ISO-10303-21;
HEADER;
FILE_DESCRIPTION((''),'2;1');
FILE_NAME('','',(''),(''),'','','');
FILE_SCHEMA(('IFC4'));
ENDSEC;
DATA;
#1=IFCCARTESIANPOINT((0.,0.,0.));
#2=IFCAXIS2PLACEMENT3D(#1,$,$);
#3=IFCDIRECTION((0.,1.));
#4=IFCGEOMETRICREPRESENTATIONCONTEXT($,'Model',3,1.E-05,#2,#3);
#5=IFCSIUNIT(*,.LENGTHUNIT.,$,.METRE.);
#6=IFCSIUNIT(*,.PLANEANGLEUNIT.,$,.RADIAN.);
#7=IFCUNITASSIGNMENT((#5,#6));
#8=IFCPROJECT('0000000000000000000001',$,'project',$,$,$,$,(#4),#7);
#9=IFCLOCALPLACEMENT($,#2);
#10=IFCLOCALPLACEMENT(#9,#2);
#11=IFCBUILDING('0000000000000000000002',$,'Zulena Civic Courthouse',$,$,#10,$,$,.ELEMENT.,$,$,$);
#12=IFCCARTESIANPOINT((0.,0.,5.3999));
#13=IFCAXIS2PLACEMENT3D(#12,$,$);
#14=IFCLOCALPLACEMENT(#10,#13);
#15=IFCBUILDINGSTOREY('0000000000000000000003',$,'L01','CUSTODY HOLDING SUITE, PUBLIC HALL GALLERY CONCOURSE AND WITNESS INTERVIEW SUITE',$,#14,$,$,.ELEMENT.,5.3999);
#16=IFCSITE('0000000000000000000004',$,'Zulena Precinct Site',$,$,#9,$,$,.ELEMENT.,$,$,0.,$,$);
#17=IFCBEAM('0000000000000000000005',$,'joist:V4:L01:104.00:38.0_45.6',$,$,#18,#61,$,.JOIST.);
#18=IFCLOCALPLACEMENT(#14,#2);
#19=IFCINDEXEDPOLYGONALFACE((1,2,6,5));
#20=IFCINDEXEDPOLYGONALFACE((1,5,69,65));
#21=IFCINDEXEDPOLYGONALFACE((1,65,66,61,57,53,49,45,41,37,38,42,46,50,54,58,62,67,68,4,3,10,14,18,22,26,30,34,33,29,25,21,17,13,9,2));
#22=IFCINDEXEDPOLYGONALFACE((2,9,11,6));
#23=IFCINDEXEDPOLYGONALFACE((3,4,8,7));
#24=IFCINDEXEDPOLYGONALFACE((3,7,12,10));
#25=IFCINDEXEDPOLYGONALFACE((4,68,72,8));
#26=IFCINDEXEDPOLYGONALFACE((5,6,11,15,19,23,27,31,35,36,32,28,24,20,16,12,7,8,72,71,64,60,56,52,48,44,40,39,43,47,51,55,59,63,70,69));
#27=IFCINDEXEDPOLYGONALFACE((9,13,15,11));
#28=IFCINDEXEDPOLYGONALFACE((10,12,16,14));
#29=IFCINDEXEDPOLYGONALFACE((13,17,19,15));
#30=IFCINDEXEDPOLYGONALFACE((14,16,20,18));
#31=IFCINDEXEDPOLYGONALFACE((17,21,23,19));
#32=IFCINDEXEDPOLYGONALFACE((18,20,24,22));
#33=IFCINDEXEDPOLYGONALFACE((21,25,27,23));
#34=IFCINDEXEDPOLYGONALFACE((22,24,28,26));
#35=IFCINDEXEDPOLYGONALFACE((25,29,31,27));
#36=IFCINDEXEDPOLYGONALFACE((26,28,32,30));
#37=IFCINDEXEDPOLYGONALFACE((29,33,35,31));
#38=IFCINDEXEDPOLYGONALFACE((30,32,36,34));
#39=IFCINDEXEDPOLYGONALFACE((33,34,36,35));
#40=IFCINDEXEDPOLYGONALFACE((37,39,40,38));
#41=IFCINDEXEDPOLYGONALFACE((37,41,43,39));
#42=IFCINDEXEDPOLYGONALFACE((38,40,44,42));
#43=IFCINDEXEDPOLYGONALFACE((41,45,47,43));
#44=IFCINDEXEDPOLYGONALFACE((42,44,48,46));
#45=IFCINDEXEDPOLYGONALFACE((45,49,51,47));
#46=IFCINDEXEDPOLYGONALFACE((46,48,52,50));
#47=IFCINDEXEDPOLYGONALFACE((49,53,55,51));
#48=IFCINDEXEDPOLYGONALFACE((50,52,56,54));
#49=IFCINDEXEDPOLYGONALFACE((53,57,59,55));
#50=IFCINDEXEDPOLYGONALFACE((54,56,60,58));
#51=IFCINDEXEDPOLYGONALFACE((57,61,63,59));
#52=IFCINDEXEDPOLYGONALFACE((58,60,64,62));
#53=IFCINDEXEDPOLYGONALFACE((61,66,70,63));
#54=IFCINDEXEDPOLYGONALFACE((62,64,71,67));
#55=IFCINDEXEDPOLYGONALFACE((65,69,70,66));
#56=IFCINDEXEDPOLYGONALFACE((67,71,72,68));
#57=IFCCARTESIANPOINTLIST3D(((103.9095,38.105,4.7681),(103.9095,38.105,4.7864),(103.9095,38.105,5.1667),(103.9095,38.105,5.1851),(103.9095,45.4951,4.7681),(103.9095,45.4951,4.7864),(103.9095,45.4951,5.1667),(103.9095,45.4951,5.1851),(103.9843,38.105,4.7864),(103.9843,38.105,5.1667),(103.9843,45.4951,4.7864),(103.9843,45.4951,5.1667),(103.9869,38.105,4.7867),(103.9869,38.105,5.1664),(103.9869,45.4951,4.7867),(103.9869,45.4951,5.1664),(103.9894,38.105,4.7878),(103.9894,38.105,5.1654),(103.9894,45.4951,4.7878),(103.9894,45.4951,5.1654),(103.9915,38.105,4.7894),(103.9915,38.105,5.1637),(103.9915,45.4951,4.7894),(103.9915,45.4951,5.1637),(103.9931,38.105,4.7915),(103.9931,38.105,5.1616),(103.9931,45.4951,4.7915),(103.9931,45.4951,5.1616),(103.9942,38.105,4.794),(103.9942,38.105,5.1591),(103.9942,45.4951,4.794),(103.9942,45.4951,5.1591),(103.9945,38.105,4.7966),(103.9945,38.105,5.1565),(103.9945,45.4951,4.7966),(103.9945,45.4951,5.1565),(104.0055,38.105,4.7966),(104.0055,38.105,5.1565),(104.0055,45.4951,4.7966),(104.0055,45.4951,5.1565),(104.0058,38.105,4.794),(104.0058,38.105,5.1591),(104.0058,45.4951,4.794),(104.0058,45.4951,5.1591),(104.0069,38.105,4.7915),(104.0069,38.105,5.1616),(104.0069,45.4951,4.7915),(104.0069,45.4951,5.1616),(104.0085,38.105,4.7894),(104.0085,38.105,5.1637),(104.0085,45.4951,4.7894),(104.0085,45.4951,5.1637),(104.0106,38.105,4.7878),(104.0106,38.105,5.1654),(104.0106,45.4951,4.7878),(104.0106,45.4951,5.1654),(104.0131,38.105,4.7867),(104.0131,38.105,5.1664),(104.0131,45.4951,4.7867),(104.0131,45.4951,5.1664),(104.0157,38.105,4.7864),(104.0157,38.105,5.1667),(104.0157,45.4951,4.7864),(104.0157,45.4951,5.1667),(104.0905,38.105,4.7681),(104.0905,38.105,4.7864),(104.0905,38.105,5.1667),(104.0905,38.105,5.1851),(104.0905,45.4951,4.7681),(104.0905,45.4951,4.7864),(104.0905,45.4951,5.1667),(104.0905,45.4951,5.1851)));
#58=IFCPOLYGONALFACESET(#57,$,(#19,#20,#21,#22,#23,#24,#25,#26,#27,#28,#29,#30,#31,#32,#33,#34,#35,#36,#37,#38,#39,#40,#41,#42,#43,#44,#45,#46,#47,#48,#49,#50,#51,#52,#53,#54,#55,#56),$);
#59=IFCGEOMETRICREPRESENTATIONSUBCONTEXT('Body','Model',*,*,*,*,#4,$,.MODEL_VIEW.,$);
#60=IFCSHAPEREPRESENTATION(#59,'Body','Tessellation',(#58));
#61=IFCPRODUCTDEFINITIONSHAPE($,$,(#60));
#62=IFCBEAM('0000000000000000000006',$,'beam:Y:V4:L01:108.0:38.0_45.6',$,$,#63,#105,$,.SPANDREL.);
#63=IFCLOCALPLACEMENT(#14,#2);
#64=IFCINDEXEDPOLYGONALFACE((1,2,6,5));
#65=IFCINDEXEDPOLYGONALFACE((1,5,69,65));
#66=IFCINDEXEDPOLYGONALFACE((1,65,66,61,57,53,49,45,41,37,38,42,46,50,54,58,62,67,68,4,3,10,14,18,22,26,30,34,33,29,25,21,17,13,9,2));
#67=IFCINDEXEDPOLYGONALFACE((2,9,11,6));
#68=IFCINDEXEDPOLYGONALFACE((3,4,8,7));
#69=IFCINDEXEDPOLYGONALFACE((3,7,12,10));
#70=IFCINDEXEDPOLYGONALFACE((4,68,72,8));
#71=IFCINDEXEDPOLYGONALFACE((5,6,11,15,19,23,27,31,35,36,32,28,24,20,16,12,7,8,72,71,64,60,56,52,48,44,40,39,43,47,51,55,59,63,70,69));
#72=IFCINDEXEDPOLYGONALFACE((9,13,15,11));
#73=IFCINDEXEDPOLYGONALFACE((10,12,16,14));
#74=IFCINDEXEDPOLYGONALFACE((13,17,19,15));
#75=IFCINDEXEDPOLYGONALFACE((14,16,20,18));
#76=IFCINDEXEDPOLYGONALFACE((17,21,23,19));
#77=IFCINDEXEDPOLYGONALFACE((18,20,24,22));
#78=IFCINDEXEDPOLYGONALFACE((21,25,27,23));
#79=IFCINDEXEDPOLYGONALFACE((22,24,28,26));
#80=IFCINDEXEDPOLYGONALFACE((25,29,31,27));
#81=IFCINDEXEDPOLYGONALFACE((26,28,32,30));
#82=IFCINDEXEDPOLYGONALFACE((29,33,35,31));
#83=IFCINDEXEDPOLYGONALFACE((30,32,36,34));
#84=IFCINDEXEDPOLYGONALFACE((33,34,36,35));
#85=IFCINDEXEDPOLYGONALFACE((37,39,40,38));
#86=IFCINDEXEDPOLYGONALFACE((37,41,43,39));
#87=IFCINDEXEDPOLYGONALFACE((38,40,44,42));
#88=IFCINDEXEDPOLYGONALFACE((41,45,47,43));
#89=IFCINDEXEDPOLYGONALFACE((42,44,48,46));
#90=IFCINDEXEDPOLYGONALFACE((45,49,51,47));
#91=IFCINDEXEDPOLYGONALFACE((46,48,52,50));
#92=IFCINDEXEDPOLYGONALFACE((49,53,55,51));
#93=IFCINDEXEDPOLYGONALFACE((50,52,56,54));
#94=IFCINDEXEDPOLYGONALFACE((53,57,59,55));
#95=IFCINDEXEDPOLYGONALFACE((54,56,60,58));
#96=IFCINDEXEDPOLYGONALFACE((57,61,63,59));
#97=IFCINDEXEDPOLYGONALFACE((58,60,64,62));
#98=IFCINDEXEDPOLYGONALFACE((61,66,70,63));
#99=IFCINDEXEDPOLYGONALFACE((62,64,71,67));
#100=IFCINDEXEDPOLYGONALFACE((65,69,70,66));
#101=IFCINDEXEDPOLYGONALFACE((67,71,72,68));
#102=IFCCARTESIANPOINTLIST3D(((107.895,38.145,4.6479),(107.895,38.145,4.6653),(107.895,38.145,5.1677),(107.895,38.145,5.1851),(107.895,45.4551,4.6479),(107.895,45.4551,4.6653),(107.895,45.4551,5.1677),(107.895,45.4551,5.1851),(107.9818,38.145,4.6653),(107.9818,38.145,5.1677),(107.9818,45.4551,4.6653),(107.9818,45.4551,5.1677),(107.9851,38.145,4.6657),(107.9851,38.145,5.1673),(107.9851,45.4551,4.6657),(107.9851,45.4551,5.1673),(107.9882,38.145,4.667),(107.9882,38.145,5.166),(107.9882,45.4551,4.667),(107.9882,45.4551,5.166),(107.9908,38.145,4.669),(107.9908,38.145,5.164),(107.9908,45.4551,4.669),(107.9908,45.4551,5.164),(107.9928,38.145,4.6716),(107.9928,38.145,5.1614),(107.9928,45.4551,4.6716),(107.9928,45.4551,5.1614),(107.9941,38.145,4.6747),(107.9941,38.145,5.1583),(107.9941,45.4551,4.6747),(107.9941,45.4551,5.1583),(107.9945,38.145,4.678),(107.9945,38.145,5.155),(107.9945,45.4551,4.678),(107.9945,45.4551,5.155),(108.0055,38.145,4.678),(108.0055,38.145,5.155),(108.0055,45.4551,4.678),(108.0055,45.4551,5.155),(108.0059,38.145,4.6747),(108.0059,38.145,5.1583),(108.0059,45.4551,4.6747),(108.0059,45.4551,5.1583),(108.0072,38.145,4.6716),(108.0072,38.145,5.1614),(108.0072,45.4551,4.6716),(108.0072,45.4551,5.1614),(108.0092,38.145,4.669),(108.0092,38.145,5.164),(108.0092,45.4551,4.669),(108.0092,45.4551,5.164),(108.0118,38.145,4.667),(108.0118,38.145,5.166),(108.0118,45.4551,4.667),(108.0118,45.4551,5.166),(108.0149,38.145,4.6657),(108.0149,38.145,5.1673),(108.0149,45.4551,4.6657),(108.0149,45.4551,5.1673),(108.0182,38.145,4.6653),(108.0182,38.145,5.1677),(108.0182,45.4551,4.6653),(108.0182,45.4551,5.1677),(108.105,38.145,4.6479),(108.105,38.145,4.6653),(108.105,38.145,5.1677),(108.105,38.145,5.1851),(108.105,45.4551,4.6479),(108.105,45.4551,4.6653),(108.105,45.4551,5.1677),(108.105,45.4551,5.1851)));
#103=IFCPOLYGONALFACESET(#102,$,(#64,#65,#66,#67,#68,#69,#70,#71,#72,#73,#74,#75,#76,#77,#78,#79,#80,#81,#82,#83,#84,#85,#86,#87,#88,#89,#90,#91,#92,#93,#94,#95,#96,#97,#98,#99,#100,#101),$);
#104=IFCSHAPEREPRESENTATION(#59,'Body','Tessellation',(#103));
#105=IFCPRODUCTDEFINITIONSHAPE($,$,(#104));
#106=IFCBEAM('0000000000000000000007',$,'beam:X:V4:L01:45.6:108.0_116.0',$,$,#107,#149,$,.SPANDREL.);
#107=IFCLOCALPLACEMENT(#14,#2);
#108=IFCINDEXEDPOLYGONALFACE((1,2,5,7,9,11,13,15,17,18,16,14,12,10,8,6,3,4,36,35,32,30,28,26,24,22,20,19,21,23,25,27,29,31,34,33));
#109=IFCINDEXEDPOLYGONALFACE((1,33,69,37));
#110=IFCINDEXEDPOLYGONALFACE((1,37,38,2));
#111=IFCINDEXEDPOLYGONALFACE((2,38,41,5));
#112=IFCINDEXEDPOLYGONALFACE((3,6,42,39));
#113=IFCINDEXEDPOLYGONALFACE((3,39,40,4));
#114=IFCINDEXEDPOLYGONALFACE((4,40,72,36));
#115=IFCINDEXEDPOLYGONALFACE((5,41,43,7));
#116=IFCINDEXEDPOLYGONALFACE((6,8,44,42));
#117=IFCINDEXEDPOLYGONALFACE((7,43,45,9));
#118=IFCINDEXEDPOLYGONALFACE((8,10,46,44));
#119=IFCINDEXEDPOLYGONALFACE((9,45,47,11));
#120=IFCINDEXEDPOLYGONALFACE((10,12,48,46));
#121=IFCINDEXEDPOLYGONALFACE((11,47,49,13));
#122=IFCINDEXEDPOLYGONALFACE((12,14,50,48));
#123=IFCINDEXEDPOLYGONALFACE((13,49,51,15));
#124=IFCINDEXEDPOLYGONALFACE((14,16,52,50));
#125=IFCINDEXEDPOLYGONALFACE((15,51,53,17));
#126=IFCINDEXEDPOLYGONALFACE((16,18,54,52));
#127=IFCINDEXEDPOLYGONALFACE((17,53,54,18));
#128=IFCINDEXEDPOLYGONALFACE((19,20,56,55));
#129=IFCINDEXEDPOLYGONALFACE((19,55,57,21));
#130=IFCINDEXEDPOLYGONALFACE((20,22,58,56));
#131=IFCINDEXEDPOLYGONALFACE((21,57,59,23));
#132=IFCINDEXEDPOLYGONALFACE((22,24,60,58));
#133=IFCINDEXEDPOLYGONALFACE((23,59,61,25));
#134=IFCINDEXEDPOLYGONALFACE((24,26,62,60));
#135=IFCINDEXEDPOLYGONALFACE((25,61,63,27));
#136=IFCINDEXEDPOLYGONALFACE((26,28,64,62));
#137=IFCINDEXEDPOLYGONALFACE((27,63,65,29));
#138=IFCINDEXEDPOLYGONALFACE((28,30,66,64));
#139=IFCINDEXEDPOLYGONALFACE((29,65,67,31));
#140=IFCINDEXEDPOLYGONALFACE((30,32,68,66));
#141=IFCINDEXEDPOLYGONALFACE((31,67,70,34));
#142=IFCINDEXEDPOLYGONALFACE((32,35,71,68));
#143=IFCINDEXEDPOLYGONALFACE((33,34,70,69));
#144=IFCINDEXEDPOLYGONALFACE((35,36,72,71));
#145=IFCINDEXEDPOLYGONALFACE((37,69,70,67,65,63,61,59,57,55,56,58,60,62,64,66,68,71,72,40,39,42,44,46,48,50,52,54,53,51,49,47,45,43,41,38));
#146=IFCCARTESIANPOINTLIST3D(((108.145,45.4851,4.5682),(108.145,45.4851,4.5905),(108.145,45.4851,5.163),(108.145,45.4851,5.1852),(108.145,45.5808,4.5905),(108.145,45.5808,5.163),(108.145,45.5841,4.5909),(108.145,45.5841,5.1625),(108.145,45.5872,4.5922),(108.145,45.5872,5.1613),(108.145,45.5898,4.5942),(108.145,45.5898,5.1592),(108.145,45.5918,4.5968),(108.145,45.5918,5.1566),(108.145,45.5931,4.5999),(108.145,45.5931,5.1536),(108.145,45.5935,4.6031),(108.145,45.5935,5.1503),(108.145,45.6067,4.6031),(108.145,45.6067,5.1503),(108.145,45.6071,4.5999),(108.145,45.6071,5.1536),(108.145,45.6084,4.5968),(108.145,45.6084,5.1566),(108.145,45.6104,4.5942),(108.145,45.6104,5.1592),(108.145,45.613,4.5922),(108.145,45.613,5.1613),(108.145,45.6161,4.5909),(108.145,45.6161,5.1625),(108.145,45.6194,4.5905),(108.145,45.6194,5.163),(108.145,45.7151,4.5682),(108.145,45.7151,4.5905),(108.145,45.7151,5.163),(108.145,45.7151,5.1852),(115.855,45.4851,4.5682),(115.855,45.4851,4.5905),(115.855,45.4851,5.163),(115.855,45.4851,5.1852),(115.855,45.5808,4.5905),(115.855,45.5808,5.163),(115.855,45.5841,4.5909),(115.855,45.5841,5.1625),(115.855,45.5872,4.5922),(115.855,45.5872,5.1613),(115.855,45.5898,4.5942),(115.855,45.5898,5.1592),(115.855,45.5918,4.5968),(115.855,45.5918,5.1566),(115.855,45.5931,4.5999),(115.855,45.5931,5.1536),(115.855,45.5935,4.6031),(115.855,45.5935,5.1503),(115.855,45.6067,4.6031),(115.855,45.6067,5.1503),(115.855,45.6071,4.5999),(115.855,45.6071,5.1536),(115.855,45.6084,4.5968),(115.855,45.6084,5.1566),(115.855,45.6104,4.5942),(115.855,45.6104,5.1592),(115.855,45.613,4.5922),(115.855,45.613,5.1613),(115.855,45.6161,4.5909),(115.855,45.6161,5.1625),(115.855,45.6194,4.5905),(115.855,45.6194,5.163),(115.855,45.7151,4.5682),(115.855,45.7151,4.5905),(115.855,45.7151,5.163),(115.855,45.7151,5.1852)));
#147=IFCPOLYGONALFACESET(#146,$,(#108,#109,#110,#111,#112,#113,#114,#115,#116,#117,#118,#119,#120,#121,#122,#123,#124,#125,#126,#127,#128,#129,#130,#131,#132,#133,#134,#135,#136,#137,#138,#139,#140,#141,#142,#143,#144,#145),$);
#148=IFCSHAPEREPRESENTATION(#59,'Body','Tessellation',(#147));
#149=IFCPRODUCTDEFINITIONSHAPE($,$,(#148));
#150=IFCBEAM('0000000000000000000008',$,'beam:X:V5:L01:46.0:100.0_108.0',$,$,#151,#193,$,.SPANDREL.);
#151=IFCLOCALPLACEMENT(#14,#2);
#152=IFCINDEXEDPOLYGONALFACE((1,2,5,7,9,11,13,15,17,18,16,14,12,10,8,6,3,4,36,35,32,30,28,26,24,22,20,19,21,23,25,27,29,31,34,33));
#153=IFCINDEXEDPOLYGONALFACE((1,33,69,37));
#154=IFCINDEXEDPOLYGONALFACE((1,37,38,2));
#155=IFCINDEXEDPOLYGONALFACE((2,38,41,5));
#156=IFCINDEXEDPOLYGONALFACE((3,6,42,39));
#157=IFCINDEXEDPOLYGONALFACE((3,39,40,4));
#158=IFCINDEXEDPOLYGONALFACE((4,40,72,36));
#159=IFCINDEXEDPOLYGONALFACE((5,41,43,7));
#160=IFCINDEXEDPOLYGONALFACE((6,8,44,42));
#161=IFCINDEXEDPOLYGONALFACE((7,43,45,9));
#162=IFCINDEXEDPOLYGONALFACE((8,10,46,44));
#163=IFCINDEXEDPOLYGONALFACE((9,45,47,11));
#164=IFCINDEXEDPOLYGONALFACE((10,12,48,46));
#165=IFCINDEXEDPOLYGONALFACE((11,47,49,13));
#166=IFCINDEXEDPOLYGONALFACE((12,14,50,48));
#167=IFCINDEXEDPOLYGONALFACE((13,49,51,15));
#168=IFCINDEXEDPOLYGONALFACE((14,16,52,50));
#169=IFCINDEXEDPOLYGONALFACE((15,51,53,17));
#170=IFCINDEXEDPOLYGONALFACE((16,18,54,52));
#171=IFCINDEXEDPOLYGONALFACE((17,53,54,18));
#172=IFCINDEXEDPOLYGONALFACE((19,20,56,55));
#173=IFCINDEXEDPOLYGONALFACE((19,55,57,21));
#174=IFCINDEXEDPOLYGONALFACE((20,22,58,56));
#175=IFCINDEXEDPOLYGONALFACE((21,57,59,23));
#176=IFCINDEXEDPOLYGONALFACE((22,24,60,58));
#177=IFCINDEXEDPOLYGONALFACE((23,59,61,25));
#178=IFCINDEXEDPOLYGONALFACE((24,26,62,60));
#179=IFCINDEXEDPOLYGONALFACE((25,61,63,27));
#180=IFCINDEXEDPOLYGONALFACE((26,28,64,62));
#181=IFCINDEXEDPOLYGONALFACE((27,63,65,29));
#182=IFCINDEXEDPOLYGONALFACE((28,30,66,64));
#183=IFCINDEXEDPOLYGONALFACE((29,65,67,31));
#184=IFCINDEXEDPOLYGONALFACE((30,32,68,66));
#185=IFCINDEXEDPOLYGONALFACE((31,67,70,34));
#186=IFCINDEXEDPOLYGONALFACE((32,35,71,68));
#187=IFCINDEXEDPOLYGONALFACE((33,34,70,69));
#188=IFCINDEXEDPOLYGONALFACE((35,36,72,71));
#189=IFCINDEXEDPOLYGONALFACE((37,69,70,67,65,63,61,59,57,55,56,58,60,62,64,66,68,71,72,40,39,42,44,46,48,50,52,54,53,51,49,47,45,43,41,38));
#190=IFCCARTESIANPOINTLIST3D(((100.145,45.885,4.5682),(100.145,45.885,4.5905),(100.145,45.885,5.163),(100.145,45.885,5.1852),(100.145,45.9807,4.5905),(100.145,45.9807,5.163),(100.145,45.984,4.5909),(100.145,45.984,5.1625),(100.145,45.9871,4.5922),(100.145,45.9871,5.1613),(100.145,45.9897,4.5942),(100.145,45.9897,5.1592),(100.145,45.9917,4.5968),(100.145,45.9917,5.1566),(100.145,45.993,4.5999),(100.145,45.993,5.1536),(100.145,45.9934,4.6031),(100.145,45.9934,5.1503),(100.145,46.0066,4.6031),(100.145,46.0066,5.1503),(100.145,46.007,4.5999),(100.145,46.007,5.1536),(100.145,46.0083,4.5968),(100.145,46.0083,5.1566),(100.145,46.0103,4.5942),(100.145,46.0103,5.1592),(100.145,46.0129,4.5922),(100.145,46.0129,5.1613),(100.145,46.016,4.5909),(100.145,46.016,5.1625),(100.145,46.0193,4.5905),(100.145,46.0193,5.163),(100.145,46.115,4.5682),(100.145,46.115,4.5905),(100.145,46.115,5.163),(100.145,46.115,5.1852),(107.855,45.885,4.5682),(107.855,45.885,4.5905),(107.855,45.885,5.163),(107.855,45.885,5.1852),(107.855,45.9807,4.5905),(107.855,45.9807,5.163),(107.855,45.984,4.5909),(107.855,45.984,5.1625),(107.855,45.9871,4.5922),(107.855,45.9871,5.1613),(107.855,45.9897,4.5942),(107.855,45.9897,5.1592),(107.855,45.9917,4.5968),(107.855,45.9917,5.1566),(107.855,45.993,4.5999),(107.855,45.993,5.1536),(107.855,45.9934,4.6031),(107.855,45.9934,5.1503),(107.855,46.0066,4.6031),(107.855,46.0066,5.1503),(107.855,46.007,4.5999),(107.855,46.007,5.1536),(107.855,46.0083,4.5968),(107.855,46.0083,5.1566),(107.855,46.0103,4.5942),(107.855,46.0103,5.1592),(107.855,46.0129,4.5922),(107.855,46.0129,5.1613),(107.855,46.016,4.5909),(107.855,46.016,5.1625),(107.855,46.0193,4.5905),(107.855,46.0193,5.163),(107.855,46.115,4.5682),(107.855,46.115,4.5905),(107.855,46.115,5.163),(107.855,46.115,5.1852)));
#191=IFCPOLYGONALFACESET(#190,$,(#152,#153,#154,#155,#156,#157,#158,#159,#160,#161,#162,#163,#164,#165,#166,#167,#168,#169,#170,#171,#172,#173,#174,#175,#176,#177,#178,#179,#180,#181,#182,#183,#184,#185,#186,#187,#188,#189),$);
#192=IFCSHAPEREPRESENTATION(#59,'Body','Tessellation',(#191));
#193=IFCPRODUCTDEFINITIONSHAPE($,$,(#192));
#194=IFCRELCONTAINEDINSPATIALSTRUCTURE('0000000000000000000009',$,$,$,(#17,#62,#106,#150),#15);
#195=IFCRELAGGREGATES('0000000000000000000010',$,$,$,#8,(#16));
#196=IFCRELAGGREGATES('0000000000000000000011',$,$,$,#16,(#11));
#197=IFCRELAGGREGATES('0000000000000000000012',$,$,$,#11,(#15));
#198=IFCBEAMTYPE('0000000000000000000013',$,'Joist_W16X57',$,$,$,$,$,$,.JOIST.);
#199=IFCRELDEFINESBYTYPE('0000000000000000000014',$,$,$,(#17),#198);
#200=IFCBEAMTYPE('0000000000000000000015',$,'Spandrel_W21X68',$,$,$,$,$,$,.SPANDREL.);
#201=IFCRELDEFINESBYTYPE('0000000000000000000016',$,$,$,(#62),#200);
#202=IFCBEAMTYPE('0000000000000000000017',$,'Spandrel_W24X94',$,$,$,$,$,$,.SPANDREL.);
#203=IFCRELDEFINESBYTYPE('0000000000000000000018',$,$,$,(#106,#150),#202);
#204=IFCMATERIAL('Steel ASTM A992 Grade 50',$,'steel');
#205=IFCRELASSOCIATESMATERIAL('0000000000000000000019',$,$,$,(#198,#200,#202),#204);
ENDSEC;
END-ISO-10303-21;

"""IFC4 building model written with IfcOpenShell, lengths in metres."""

from ifc_helpers import new_model, si_unit, direction, frame, origin, origin_2d, place, context, subcontext, project, spatial, i_section, extrude, material, material_profile, profile_set, type_object, element, save


model = new_model("IFC4")

# Units and contexts
model_context = context("Model", 3, precision=1e-05, world=origin(), true_north=direction((0.0, 1.0)))
body_context = subcontext(model_context, "Body", "Model", "MODEL_VIEW")
ifc_project = project(units=[si_unit("LENGTHUNIT", "METRE"), si_unit("PLANEANGLEUNIT", "RADIAN")], contexts=[model_context])

# Site, building, storey
site_placement = place(None, origin())
site = spatial("IfcSite", under=ifc_project, at=site_placement, Name="Zulena Precinct Site", CompositionType="ELEMENT", RefElevation=0.0)
building_placement = place(site_placement, origin())
building = spatial("IfcBuilding", under=site, at=building_placement, Name="Zulena Civic Courthouse", CompositionType="ELEMENT")
storey_placement = place(building_placement, frame((0.0, 0.0, 5.3999)))
storey = spatial("IfcBuildingStorey", under=building, at=storey_placement, Name="L01", Description="CUSTODY HOLDING SUITE, PUBLIC HALL GALLERY CONCOURSE AND WITNESS INTERVIEW SUITE", CompositionType="ELEMENT", Elevation=5.3999)

# Shared definitions
ifc_material_1 = material(Name="Steel ASTM A992 Grade 50", Category="steel")

# Beams
ifc_material_profile_1 = material_profile(ifc_material_1, i_section(OverallWidth=0.1809, OverallDepth=0.417, WebThickness=0.011, FlangeThickness=0.0183, FilletRadius=0.0103, at=origin_2d()), Name="W16X57")
ifc_profile_set_1 = profile_set([ifc_material_profile_1], Name="Steel ASTM A992 Grade 50")
beam_type_1 = type_object("IfcBeamType", Name="Joist_W16X57", PredefinedType="JOIST", material=ifc_profile_set_1)
beam_1_placement = place(storey_placement, frame((104.0, 38.105, 4.9766), z_axis=(0.0, 1.0, 0.0), x_axis=(-1.0, 0.0, 0.0)))
element("IfcBeam", 1, at=beam_1_placement, inside=storey, type_object=beam_type_1, Name="joist:V4:L01:104.00:38.0_45.6", PredefinedType="JOIST", context=body_context, shape_type="SweptSolid", body=[
    extrude(i_section(OverallWidth=0.1809, OverallDepth=0.417, WebThickness=0.011, FlangeThickness=0.0183, FilletRadius=0.0103, at=origin_2d()), origin(), (0.0, 0.0, 1.0), 7.3901),
])
ifc_material_profile_2 = material_profile(ifc_material_1, i_section(OverallWidth=0.21, OverallDepth=0.5371, WebThickness=0.011, FlangeThickness=0.0173, FilletRadius=0.0127, at=origin_2d()), Name="W21X68")
ifc_profile_set_2 = profile_set([ifc_material_profile_2], Name="Steel ASTM A992 Grade 50")
beam_type_2 = type_object("IfcBeamType", Name="Spandrel_W21X68", PredefinedType="SPANDREL", material=ifc_profile_set_2)
beam_2_placement = place(storey_placement, frame((108.0, 38.145, 4.9165), z_axis=(0.0, 1.0, 0.0), x_axis=(-1.0, 0.0, 0.0)))
element("IfcBeam", 2, at=beam_2_placement, inside=storey, type_object=beam_type_2, Name="beam:Y:V4:L01:108.0:38.0_45.6", PredefinedType="SPANDREL", context=body_context, shape_type="SweptSolid", body=[
    extrude(i_section(OverallWidth=0.21, OverallDepth=0.5371, WebThickness=0.011, FlangeThickness=0.0173, FilletRadius=0.0127, at=origin_2d()), origin(), (0.0, 0.0, 1.0), 7.3101),
])
ifc_material_profile_3 = material_profile(ifc_material_1, i_section(OverallWidth=0.23, OverallDepth=0.6169, WebThickness=0.0132, FlangeThickness=0.0222, FilletRadius=0.0127, at=origin_2d()), Name="W24X94")
ifc_profile_set_3 = profile_set([ifc_material_profile_3], Name="Steel ASTM A992 Grade 50")
beam_type_3 = type_object("IfcBeamType", Name="Spandrel_W24X94", PredefinedType="SPANDREL", material=ifc_profile_set_3)
for number, where, z_axis, x_axis, name in (
    (3, (108.145, 45.6001, 4.8767), (1.0, 0.0, 0.0), (0.0, 1.0, 0.0), "beam:X:V4:L01:45.6:108.0_116.0"),
    (4, (100.145, 46.0, 4.8767), (1.0, 0.0, 0.0), (0.0, 1.0, 0.0), "beam:X:V5:L01:46.0:100.0_108.0"),
):
    element("IfcBeam", number, at=place(storey_placement, frame(where, z_axis=z_axis, x_axis=x_axis)), inside=storey, type_object=beam_type_3, Name=name, PredefinedType="SPANDREL", context=body_context, shape_type="SweptSolid", body=[
        extrude(i_section(OverallWidth=0.23, OverallDepth=0.6169, WebThickness=0.0132, FlangeThickness=0.0222, FilletRadius=0.0127, at=origin_2d()), origin(), (0.0, 0.0, 1.0), 7.71),
    ])

save(model, "model.ifc")
